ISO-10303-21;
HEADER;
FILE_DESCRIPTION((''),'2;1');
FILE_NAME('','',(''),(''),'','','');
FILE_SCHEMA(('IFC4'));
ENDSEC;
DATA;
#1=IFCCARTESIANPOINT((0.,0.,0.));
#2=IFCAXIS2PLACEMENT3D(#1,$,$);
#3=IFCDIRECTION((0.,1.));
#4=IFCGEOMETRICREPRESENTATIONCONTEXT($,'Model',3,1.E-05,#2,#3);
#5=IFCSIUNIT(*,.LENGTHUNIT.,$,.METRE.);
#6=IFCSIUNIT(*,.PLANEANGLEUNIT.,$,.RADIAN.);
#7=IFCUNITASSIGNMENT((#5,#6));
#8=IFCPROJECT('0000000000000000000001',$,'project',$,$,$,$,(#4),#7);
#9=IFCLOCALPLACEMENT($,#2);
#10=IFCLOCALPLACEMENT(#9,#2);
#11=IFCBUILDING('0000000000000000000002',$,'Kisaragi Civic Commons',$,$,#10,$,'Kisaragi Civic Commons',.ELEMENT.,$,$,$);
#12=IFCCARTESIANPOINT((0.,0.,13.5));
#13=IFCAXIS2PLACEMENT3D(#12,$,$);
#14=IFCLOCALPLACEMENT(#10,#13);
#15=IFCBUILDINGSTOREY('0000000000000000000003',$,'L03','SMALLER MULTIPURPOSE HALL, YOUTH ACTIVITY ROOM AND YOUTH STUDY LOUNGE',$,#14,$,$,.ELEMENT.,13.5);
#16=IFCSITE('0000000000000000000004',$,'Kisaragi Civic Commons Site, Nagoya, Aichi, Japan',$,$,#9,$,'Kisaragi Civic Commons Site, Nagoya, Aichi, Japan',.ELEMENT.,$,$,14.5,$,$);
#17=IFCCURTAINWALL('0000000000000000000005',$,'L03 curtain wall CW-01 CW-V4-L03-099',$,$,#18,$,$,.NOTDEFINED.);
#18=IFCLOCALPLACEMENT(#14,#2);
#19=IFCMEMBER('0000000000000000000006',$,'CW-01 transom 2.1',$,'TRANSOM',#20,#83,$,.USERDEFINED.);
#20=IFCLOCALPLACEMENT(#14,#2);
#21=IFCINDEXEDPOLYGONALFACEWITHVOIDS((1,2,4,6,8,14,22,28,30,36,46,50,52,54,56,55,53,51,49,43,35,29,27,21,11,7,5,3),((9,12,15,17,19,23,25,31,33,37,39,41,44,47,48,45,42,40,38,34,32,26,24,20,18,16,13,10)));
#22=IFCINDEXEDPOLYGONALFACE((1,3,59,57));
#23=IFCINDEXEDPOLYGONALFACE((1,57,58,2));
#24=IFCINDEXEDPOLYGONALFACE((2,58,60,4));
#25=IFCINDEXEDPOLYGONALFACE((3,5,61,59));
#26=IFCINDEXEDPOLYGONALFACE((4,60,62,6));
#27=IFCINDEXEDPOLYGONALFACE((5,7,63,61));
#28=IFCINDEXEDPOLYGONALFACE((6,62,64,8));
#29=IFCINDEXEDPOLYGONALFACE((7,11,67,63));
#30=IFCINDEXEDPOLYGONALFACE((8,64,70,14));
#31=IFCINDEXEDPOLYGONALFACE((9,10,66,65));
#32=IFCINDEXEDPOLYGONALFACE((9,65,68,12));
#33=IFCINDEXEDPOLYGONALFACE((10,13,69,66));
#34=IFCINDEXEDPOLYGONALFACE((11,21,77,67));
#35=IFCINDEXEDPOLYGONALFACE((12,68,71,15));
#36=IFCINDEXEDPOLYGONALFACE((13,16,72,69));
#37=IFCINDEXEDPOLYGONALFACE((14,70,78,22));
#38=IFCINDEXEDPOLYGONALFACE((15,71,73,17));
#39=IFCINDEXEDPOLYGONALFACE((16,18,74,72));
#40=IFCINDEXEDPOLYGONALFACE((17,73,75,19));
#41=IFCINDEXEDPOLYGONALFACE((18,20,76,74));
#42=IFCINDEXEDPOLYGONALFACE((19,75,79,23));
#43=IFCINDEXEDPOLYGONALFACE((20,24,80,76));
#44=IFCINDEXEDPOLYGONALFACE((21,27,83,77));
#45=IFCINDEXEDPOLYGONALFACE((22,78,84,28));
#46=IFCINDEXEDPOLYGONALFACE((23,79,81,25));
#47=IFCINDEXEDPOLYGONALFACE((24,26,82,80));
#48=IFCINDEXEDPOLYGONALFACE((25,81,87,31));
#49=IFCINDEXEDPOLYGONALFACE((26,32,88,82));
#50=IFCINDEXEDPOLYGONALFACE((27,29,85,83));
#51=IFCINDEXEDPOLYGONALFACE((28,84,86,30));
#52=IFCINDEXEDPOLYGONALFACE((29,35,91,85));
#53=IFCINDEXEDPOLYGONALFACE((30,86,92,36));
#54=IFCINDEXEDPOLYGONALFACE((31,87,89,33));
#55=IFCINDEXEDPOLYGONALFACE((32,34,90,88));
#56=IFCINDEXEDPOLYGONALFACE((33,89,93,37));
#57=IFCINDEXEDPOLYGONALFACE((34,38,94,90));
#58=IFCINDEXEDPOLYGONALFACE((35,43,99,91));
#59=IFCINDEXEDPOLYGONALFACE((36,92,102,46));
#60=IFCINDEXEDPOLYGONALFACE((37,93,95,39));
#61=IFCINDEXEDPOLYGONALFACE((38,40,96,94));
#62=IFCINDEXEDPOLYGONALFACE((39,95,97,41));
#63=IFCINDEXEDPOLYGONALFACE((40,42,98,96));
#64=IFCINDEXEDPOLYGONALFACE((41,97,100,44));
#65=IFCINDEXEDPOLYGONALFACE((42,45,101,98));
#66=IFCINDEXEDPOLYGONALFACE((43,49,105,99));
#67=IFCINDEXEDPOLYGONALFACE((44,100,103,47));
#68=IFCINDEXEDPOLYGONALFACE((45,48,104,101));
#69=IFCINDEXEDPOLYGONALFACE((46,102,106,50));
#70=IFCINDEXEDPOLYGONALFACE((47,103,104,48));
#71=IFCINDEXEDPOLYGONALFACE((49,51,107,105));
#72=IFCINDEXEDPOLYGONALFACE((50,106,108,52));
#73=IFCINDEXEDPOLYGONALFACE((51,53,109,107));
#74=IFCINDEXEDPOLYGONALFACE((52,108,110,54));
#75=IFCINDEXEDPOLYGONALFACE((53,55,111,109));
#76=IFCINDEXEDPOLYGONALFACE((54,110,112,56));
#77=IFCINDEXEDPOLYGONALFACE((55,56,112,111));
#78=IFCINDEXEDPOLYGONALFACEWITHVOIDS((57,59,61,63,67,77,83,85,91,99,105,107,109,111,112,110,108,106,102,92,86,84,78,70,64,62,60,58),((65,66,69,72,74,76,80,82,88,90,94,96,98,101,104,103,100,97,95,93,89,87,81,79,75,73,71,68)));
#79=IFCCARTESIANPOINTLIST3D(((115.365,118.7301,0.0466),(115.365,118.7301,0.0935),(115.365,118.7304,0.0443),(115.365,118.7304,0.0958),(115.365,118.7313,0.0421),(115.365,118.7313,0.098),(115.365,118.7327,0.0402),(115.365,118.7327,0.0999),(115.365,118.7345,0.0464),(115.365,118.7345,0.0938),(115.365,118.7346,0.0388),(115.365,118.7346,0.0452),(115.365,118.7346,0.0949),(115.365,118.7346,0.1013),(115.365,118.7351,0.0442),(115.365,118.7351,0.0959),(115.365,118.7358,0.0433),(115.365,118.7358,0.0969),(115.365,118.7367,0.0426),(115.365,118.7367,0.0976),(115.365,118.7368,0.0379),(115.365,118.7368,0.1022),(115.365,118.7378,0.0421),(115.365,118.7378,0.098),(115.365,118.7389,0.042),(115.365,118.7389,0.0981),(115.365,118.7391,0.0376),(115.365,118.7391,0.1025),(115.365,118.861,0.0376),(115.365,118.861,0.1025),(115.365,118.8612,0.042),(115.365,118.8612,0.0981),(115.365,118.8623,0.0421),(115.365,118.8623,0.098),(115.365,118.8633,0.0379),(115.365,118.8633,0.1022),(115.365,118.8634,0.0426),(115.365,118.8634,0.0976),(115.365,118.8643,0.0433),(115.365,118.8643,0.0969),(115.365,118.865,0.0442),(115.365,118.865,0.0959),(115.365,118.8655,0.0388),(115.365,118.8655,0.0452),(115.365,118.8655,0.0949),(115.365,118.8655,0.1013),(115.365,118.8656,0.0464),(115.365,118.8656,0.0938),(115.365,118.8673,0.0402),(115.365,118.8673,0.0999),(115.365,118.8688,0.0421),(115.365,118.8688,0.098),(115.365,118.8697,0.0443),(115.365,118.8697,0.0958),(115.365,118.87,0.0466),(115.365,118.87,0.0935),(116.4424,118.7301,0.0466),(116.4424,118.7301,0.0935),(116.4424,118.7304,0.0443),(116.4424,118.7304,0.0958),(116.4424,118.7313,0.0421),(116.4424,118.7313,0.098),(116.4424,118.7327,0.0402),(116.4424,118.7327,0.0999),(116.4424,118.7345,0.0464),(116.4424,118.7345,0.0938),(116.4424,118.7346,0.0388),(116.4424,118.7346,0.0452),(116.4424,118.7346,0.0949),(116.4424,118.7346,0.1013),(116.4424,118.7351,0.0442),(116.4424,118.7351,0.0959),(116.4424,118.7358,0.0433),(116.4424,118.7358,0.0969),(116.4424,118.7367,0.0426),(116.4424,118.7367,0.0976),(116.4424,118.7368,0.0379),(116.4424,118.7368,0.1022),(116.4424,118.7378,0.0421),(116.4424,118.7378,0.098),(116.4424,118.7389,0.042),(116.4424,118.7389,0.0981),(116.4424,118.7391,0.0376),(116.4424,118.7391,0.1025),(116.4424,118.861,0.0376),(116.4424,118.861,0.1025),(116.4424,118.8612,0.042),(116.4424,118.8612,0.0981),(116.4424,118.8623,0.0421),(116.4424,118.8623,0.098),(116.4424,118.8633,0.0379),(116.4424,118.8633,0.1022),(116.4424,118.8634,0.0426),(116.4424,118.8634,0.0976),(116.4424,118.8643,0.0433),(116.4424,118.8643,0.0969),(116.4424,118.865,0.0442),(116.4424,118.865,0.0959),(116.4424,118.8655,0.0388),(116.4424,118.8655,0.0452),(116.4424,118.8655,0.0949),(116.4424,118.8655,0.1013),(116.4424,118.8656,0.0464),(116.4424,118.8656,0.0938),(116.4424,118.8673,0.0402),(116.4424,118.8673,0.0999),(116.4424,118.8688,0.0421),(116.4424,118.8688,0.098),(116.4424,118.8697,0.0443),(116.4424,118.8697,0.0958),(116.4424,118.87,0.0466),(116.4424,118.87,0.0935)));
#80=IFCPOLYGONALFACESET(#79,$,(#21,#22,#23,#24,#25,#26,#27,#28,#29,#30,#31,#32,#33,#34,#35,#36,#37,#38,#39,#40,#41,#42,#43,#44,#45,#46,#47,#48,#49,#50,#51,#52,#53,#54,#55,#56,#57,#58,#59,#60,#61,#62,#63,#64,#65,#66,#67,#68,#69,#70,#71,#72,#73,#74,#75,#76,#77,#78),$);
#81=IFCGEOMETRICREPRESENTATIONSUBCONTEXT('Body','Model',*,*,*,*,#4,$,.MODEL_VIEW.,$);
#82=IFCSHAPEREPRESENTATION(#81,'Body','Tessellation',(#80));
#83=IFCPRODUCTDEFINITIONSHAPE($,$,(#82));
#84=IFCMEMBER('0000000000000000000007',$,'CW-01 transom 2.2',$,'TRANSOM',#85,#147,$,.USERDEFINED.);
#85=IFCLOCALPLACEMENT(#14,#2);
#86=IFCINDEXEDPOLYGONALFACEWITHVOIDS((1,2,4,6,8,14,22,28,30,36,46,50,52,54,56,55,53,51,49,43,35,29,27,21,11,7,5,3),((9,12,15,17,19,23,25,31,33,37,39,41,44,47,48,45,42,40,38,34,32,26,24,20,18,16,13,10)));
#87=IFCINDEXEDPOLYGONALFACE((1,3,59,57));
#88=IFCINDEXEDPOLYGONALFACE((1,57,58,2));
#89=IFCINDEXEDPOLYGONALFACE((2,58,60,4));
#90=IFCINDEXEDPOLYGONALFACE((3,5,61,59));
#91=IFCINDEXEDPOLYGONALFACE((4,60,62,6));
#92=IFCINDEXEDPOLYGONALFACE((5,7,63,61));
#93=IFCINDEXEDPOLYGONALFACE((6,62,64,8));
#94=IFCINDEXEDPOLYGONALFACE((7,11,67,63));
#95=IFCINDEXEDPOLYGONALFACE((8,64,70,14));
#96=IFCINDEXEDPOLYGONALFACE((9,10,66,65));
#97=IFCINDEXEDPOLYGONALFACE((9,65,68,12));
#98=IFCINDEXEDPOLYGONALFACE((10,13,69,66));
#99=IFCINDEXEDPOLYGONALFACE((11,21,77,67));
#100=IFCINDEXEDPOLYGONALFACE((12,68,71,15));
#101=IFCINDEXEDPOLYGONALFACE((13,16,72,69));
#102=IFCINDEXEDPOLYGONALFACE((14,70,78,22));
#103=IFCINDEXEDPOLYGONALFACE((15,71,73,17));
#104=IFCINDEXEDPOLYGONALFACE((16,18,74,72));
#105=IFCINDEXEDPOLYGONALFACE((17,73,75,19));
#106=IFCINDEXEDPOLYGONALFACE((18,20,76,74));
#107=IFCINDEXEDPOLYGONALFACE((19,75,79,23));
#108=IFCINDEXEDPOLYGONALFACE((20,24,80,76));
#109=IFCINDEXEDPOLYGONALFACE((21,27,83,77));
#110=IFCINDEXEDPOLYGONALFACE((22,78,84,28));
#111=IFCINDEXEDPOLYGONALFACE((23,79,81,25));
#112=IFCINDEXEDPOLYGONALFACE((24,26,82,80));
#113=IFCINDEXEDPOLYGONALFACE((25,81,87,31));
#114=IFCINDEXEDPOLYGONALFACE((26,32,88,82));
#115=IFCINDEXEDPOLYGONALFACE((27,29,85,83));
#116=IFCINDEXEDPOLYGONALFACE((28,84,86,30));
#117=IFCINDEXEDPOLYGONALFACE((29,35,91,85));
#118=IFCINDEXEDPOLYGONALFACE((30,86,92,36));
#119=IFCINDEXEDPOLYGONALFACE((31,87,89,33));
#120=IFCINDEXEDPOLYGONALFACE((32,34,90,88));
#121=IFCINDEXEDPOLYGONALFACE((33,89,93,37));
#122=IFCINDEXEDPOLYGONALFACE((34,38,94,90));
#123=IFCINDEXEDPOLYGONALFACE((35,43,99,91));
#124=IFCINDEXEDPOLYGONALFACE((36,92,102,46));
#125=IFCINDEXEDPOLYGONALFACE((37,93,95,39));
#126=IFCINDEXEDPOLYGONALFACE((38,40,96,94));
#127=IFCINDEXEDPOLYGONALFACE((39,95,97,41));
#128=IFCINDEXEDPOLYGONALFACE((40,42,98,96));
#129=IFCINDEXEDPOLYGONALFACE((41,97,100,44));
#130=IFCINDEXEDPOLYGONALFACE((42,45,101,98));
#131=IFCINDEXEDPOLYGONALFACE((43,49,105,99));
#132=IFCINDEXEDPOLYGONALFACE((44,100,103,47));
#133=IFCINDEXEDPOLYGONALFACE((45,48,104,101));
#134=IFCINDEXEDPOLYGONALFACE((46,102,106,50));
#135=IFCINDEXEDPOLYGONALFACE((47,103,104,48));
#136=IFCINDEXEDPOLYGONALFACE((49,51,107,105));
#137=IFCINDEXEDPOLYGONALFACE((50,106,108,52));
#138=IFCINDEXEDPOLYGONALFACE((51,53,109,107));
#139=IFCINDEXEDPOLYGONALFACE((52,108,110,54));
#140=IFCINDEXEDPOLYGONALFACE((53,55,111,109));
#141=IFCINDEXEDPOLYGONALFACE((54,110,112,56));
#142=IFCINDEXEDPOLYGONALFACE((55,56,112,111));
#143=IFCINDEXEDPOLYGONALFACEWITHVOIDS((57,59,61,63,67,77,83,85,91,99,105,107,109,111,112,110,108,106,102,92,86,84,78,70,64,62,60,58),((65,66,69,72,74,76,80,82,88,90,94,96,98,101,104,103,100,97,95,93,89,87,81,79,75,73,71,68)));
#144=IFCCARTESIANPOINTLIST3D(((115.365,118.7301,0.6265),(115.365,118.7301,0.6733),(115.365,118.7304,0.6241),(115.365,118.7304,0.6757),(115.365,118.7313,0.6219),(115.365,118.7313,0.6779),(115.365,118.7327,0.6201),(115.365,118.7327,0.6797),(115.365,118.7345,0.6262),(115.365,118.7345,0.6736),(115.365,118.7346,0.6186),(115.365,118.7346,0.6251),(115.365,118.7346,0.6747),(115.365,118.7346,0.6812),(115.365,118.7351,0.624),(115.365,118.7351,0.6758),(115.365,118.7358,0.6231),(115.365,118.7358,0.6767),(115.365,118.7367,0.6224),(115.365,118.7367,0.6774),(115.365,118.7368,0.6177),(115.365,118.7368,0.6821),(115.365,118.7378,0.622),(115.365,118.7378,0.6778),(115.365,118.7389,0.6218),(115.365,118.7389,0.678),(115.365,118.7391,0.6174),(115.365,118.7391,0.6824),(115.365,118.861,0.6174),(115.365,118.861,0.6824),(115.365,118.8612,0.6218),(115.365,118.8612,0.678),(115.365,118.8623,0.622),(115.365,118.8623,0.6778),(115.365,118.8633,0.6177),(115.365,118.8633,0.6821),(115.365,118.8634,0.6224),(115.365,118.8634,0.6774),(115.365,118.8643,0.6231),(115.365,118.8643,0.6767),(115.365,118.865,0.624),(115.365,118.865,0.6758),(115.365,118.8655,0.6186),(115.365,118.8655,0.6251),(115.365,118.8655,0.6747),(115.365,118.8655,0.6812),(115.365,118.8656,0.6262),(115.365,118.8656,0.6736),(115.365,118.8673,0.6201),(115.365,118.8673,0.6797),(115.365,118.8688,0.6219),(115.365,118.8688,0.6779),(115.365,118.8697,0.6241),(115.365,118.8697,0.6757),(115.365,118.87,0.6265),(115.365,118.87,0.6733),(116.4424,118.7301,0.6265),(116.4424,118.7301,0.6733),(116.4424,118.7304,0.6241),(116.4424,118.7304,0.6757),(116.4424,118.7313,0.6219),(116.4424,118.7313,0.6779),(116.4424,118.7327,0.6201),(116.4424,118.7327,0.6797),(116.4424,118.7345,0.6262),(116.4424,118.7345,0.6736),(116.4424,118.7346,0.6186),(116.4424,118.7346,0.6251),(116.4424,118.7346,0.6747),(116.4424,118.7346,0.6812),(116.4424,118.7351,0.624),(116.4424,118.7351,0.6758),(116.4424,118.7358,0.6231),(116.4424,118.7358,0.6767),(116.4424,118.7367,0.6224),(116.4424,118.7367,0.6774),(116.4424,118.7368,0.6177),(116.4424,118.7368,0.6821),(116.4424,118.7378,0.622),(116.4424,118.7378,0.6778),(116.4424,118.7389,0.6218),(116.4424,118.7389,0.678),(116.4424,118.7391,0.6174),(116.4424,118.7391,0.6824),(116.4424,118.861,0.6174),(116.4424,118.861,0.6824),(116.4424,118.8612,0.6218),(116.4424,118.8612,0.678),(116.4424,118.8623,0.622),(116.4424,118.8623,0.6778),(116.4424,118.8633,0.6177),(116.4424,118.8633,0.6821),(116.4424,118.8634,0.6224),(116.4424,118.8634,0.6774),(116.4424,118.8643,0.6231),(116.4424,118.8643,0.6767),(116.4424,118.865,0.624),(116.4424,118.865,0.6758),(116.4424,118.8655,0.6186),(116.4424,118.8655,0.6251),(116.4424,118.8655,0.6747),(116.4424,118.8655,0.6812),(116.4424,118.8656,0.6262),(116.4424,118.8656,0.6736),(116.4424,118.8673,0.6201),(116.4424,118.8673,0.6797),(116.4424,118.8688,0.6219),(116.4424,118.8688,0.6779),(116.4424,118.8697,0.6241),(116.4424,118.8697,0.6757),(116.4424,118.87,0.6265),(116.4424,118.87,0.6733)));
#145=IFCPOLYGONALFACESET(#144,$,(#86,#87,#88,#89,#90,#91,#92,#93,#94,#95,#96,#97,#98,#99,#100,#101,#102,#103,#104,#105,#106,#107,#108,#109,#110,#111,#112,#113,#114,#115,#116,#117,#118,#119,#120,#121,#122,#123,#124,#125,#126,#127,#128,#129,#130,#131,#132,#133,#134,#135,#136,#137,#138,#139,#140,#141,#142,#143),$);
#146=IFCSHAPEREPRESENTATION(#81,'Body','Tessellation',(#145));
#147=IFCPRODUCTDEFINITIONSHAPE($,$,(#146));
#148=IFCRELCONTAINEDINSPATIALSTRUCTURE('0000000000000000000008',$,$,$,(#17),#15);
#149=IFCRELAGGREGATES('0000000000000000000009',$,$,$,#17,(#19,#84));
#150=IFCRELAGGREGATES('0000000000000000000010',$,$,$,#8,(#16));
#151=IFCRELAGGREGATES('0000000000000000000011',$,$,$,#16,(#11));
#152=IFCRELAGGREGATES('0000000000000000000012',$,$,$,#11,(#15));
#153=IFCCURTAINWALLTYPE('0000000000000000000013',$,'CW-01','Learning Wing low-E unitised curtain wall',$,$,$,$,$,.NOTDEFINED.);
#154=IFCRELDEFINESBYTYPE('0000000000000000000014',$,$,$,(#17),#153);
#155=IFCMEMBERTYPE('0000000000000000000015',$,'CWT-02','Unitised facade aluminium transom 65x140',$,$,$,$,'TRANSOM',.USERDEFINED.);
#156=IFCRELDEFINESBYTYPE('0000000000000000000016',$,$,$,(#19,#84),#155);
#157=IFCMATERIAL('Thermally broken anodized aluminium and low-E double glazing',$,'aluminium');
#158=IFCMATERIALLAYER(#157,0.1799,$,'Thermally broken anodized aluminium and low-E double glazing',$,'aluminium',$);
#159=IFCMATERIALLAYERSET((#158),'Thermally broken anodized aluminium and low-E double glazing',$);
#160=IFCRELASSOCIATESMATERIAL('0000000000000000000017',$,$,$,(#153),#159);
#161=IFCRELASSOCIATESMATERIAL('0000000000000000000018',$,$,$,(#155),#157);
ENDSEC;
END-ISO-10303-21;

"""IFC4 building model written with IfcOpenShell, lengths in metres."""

from ifc_helpers import new_model, si_unit, direction, frame, origin, origin_2d, place, context, subcontext, project, spatial, hollow_rectangle, extrude, material, layer, layer_set, material_profile, profile_set, type_object, element, aggregate, save


model = new_model("IFC4")

# Units and contexts
model_context = context("Model", 3, precision=1e-05, world=origin(), true_north=direction((0.0, 1.0)))
body_context = subcontext(model_context, "Body", "Model", "MODEL_VIEW")
ifc_project = project(units=[si_unit("LENGTHUNIT", "METRE"), si_unit("PLANEANGLEUNIT", "RADIAN")], contexts=[model_context])

# Site, building, storey
site_placement = place(None, origin())
site = spatial("IfcSite", under=ifc_project, at=site_placement, Name="Kisaragi Civic Commons Site, Nagoya, Aichi, Japan", LongName="Kisaragi Civic Commons Site, Nagoya, Aichi, Japan", CompositionType="ELEMENT", RefElevation=14.5)
building_placement = place(site_placement, origin())
building = spatial("IfcBuilding", under=site, at=building_placement, Name="Kisaragi Civic Commons", LongName="Kisaragi Civic Commons", CompositionType="ELEMENT")
storey_placement = place(building_placement, frame((0.0, 0.0, 13.5)))
storey = spatial("IfcBuildingStorey", under=building, at=storey_placement, Name="L03", Description="SMALLER MULTIPURPOSE HALL, YOUTH ACTIVITY ROOM AND YOUTH STUDY LOUNGE", CompositionType="ELEMENT", Elevation=13.5)

# Shared definitions
ifc_material_1 = material(Name="Thermally broken anodized aluminium and low-E double glazing", Category="aluminium")
ifc_layer_1 = layer(ifc_material_1, 0.1799, Name="Thermally broken anodized aluminium and low-E double glazing", Category="aluminium")
ifc_layer_set_1 = layer_set([ifc_layer_1], Name="Thermally broken anodized aluminium and low-E double glazing")
curtain_wall_type = type_object("IfcCurtainWallType", Name="CW-01", Description="Learning Wing low-E unitised curtain wall", PredefinedType="NOTDEFINED", material=ifc_layer_set_1)

# Curtain wall
curtain_wall_1_placement = place(storey_placement, origin())
curtain_wall_1 = element("IfcCurtainWall", 1, at=curtain_wall_1_placement, inside=storey, type_object=curtain_wall_type, Name="L03 curtain wall CW-01 CW-V4-L03-099", PredefinedType="NOTDEFINED")

# Members
ifc_material_profile_1 = material_profile(ifc_material_1, hollow_rectangle(XDim=0.1399, YDim=0.0649, WallThickness=0.0044, InnerFilletRadius=0.0044, OuterFilletRadius=0.009, at=origin_2d()), Name="CWT-65x140x4.5", Category="aluminium")
ifc_profile_set_1 = profile_set([ifc_material_profile_1], Name="Thermally broken anodized aluminium and low-E double glazing")
member_type_1 = type_object("IfcMemberType", Name="CWT-02", Description="Unitised facade aluminium transom 65x140", ElementType="TRANSOM", PredefinedType="USERDEFINED", material=ifc_profile_set_1)
member_1_placement = place(storey_placement, frame((115.365, 118.8, 0.0701), z_axis=(1.0, 0.0, 0.0), x_axis=(0.0, 1.0, 0.0)))
member_1 = element("IfcMember", 2, at=member_1_placement, type_object=member_type_1, Name="CW-01 transom 2.1", ObjectType="TRANSOM", PredefinedType="USERDEFINED", context=body_context, shape_type="SweptSolid", body=[
    extrude(hollow_rectangle(XDim=0.1399, YDim=0.0649, WallThickness=0.0044, InnerFilletRadius=0.0044, OuterFilletRadius=0.009, at=origin_2d()), origin(), (0.0, 0.0, 1.0), 1.0774),
])
member_2_placement = place(storey_placement, frame((115.365, 118.8, 0.6499), z_axis=(1.0, 0.0, 0.0), x_axis=(0.0, 1.0, 0.0)))
member_2 = element("IfcMember", 3, at=member_2_placement, type_object=member_type_1, Name="CW-01 transom 2.2", ObjectType="TRANSOM", PredefinedType="USERDEFINED", context=body_context, shape_type="SweptSolid", body=[
    extrude(hollow_rectangle(XDim=0.1399, YDim=0.0649, WallThickness=0.0044, InnerFilletRadius=0.0044, OuterFilletRadius=0.009, at=origin_2d()), origin(), (0.0, 0.0, 1.0), 1.0774),
])

aggregate(curtain_wall_1, [member_1, member_2])

save(model, "model.ifc")
